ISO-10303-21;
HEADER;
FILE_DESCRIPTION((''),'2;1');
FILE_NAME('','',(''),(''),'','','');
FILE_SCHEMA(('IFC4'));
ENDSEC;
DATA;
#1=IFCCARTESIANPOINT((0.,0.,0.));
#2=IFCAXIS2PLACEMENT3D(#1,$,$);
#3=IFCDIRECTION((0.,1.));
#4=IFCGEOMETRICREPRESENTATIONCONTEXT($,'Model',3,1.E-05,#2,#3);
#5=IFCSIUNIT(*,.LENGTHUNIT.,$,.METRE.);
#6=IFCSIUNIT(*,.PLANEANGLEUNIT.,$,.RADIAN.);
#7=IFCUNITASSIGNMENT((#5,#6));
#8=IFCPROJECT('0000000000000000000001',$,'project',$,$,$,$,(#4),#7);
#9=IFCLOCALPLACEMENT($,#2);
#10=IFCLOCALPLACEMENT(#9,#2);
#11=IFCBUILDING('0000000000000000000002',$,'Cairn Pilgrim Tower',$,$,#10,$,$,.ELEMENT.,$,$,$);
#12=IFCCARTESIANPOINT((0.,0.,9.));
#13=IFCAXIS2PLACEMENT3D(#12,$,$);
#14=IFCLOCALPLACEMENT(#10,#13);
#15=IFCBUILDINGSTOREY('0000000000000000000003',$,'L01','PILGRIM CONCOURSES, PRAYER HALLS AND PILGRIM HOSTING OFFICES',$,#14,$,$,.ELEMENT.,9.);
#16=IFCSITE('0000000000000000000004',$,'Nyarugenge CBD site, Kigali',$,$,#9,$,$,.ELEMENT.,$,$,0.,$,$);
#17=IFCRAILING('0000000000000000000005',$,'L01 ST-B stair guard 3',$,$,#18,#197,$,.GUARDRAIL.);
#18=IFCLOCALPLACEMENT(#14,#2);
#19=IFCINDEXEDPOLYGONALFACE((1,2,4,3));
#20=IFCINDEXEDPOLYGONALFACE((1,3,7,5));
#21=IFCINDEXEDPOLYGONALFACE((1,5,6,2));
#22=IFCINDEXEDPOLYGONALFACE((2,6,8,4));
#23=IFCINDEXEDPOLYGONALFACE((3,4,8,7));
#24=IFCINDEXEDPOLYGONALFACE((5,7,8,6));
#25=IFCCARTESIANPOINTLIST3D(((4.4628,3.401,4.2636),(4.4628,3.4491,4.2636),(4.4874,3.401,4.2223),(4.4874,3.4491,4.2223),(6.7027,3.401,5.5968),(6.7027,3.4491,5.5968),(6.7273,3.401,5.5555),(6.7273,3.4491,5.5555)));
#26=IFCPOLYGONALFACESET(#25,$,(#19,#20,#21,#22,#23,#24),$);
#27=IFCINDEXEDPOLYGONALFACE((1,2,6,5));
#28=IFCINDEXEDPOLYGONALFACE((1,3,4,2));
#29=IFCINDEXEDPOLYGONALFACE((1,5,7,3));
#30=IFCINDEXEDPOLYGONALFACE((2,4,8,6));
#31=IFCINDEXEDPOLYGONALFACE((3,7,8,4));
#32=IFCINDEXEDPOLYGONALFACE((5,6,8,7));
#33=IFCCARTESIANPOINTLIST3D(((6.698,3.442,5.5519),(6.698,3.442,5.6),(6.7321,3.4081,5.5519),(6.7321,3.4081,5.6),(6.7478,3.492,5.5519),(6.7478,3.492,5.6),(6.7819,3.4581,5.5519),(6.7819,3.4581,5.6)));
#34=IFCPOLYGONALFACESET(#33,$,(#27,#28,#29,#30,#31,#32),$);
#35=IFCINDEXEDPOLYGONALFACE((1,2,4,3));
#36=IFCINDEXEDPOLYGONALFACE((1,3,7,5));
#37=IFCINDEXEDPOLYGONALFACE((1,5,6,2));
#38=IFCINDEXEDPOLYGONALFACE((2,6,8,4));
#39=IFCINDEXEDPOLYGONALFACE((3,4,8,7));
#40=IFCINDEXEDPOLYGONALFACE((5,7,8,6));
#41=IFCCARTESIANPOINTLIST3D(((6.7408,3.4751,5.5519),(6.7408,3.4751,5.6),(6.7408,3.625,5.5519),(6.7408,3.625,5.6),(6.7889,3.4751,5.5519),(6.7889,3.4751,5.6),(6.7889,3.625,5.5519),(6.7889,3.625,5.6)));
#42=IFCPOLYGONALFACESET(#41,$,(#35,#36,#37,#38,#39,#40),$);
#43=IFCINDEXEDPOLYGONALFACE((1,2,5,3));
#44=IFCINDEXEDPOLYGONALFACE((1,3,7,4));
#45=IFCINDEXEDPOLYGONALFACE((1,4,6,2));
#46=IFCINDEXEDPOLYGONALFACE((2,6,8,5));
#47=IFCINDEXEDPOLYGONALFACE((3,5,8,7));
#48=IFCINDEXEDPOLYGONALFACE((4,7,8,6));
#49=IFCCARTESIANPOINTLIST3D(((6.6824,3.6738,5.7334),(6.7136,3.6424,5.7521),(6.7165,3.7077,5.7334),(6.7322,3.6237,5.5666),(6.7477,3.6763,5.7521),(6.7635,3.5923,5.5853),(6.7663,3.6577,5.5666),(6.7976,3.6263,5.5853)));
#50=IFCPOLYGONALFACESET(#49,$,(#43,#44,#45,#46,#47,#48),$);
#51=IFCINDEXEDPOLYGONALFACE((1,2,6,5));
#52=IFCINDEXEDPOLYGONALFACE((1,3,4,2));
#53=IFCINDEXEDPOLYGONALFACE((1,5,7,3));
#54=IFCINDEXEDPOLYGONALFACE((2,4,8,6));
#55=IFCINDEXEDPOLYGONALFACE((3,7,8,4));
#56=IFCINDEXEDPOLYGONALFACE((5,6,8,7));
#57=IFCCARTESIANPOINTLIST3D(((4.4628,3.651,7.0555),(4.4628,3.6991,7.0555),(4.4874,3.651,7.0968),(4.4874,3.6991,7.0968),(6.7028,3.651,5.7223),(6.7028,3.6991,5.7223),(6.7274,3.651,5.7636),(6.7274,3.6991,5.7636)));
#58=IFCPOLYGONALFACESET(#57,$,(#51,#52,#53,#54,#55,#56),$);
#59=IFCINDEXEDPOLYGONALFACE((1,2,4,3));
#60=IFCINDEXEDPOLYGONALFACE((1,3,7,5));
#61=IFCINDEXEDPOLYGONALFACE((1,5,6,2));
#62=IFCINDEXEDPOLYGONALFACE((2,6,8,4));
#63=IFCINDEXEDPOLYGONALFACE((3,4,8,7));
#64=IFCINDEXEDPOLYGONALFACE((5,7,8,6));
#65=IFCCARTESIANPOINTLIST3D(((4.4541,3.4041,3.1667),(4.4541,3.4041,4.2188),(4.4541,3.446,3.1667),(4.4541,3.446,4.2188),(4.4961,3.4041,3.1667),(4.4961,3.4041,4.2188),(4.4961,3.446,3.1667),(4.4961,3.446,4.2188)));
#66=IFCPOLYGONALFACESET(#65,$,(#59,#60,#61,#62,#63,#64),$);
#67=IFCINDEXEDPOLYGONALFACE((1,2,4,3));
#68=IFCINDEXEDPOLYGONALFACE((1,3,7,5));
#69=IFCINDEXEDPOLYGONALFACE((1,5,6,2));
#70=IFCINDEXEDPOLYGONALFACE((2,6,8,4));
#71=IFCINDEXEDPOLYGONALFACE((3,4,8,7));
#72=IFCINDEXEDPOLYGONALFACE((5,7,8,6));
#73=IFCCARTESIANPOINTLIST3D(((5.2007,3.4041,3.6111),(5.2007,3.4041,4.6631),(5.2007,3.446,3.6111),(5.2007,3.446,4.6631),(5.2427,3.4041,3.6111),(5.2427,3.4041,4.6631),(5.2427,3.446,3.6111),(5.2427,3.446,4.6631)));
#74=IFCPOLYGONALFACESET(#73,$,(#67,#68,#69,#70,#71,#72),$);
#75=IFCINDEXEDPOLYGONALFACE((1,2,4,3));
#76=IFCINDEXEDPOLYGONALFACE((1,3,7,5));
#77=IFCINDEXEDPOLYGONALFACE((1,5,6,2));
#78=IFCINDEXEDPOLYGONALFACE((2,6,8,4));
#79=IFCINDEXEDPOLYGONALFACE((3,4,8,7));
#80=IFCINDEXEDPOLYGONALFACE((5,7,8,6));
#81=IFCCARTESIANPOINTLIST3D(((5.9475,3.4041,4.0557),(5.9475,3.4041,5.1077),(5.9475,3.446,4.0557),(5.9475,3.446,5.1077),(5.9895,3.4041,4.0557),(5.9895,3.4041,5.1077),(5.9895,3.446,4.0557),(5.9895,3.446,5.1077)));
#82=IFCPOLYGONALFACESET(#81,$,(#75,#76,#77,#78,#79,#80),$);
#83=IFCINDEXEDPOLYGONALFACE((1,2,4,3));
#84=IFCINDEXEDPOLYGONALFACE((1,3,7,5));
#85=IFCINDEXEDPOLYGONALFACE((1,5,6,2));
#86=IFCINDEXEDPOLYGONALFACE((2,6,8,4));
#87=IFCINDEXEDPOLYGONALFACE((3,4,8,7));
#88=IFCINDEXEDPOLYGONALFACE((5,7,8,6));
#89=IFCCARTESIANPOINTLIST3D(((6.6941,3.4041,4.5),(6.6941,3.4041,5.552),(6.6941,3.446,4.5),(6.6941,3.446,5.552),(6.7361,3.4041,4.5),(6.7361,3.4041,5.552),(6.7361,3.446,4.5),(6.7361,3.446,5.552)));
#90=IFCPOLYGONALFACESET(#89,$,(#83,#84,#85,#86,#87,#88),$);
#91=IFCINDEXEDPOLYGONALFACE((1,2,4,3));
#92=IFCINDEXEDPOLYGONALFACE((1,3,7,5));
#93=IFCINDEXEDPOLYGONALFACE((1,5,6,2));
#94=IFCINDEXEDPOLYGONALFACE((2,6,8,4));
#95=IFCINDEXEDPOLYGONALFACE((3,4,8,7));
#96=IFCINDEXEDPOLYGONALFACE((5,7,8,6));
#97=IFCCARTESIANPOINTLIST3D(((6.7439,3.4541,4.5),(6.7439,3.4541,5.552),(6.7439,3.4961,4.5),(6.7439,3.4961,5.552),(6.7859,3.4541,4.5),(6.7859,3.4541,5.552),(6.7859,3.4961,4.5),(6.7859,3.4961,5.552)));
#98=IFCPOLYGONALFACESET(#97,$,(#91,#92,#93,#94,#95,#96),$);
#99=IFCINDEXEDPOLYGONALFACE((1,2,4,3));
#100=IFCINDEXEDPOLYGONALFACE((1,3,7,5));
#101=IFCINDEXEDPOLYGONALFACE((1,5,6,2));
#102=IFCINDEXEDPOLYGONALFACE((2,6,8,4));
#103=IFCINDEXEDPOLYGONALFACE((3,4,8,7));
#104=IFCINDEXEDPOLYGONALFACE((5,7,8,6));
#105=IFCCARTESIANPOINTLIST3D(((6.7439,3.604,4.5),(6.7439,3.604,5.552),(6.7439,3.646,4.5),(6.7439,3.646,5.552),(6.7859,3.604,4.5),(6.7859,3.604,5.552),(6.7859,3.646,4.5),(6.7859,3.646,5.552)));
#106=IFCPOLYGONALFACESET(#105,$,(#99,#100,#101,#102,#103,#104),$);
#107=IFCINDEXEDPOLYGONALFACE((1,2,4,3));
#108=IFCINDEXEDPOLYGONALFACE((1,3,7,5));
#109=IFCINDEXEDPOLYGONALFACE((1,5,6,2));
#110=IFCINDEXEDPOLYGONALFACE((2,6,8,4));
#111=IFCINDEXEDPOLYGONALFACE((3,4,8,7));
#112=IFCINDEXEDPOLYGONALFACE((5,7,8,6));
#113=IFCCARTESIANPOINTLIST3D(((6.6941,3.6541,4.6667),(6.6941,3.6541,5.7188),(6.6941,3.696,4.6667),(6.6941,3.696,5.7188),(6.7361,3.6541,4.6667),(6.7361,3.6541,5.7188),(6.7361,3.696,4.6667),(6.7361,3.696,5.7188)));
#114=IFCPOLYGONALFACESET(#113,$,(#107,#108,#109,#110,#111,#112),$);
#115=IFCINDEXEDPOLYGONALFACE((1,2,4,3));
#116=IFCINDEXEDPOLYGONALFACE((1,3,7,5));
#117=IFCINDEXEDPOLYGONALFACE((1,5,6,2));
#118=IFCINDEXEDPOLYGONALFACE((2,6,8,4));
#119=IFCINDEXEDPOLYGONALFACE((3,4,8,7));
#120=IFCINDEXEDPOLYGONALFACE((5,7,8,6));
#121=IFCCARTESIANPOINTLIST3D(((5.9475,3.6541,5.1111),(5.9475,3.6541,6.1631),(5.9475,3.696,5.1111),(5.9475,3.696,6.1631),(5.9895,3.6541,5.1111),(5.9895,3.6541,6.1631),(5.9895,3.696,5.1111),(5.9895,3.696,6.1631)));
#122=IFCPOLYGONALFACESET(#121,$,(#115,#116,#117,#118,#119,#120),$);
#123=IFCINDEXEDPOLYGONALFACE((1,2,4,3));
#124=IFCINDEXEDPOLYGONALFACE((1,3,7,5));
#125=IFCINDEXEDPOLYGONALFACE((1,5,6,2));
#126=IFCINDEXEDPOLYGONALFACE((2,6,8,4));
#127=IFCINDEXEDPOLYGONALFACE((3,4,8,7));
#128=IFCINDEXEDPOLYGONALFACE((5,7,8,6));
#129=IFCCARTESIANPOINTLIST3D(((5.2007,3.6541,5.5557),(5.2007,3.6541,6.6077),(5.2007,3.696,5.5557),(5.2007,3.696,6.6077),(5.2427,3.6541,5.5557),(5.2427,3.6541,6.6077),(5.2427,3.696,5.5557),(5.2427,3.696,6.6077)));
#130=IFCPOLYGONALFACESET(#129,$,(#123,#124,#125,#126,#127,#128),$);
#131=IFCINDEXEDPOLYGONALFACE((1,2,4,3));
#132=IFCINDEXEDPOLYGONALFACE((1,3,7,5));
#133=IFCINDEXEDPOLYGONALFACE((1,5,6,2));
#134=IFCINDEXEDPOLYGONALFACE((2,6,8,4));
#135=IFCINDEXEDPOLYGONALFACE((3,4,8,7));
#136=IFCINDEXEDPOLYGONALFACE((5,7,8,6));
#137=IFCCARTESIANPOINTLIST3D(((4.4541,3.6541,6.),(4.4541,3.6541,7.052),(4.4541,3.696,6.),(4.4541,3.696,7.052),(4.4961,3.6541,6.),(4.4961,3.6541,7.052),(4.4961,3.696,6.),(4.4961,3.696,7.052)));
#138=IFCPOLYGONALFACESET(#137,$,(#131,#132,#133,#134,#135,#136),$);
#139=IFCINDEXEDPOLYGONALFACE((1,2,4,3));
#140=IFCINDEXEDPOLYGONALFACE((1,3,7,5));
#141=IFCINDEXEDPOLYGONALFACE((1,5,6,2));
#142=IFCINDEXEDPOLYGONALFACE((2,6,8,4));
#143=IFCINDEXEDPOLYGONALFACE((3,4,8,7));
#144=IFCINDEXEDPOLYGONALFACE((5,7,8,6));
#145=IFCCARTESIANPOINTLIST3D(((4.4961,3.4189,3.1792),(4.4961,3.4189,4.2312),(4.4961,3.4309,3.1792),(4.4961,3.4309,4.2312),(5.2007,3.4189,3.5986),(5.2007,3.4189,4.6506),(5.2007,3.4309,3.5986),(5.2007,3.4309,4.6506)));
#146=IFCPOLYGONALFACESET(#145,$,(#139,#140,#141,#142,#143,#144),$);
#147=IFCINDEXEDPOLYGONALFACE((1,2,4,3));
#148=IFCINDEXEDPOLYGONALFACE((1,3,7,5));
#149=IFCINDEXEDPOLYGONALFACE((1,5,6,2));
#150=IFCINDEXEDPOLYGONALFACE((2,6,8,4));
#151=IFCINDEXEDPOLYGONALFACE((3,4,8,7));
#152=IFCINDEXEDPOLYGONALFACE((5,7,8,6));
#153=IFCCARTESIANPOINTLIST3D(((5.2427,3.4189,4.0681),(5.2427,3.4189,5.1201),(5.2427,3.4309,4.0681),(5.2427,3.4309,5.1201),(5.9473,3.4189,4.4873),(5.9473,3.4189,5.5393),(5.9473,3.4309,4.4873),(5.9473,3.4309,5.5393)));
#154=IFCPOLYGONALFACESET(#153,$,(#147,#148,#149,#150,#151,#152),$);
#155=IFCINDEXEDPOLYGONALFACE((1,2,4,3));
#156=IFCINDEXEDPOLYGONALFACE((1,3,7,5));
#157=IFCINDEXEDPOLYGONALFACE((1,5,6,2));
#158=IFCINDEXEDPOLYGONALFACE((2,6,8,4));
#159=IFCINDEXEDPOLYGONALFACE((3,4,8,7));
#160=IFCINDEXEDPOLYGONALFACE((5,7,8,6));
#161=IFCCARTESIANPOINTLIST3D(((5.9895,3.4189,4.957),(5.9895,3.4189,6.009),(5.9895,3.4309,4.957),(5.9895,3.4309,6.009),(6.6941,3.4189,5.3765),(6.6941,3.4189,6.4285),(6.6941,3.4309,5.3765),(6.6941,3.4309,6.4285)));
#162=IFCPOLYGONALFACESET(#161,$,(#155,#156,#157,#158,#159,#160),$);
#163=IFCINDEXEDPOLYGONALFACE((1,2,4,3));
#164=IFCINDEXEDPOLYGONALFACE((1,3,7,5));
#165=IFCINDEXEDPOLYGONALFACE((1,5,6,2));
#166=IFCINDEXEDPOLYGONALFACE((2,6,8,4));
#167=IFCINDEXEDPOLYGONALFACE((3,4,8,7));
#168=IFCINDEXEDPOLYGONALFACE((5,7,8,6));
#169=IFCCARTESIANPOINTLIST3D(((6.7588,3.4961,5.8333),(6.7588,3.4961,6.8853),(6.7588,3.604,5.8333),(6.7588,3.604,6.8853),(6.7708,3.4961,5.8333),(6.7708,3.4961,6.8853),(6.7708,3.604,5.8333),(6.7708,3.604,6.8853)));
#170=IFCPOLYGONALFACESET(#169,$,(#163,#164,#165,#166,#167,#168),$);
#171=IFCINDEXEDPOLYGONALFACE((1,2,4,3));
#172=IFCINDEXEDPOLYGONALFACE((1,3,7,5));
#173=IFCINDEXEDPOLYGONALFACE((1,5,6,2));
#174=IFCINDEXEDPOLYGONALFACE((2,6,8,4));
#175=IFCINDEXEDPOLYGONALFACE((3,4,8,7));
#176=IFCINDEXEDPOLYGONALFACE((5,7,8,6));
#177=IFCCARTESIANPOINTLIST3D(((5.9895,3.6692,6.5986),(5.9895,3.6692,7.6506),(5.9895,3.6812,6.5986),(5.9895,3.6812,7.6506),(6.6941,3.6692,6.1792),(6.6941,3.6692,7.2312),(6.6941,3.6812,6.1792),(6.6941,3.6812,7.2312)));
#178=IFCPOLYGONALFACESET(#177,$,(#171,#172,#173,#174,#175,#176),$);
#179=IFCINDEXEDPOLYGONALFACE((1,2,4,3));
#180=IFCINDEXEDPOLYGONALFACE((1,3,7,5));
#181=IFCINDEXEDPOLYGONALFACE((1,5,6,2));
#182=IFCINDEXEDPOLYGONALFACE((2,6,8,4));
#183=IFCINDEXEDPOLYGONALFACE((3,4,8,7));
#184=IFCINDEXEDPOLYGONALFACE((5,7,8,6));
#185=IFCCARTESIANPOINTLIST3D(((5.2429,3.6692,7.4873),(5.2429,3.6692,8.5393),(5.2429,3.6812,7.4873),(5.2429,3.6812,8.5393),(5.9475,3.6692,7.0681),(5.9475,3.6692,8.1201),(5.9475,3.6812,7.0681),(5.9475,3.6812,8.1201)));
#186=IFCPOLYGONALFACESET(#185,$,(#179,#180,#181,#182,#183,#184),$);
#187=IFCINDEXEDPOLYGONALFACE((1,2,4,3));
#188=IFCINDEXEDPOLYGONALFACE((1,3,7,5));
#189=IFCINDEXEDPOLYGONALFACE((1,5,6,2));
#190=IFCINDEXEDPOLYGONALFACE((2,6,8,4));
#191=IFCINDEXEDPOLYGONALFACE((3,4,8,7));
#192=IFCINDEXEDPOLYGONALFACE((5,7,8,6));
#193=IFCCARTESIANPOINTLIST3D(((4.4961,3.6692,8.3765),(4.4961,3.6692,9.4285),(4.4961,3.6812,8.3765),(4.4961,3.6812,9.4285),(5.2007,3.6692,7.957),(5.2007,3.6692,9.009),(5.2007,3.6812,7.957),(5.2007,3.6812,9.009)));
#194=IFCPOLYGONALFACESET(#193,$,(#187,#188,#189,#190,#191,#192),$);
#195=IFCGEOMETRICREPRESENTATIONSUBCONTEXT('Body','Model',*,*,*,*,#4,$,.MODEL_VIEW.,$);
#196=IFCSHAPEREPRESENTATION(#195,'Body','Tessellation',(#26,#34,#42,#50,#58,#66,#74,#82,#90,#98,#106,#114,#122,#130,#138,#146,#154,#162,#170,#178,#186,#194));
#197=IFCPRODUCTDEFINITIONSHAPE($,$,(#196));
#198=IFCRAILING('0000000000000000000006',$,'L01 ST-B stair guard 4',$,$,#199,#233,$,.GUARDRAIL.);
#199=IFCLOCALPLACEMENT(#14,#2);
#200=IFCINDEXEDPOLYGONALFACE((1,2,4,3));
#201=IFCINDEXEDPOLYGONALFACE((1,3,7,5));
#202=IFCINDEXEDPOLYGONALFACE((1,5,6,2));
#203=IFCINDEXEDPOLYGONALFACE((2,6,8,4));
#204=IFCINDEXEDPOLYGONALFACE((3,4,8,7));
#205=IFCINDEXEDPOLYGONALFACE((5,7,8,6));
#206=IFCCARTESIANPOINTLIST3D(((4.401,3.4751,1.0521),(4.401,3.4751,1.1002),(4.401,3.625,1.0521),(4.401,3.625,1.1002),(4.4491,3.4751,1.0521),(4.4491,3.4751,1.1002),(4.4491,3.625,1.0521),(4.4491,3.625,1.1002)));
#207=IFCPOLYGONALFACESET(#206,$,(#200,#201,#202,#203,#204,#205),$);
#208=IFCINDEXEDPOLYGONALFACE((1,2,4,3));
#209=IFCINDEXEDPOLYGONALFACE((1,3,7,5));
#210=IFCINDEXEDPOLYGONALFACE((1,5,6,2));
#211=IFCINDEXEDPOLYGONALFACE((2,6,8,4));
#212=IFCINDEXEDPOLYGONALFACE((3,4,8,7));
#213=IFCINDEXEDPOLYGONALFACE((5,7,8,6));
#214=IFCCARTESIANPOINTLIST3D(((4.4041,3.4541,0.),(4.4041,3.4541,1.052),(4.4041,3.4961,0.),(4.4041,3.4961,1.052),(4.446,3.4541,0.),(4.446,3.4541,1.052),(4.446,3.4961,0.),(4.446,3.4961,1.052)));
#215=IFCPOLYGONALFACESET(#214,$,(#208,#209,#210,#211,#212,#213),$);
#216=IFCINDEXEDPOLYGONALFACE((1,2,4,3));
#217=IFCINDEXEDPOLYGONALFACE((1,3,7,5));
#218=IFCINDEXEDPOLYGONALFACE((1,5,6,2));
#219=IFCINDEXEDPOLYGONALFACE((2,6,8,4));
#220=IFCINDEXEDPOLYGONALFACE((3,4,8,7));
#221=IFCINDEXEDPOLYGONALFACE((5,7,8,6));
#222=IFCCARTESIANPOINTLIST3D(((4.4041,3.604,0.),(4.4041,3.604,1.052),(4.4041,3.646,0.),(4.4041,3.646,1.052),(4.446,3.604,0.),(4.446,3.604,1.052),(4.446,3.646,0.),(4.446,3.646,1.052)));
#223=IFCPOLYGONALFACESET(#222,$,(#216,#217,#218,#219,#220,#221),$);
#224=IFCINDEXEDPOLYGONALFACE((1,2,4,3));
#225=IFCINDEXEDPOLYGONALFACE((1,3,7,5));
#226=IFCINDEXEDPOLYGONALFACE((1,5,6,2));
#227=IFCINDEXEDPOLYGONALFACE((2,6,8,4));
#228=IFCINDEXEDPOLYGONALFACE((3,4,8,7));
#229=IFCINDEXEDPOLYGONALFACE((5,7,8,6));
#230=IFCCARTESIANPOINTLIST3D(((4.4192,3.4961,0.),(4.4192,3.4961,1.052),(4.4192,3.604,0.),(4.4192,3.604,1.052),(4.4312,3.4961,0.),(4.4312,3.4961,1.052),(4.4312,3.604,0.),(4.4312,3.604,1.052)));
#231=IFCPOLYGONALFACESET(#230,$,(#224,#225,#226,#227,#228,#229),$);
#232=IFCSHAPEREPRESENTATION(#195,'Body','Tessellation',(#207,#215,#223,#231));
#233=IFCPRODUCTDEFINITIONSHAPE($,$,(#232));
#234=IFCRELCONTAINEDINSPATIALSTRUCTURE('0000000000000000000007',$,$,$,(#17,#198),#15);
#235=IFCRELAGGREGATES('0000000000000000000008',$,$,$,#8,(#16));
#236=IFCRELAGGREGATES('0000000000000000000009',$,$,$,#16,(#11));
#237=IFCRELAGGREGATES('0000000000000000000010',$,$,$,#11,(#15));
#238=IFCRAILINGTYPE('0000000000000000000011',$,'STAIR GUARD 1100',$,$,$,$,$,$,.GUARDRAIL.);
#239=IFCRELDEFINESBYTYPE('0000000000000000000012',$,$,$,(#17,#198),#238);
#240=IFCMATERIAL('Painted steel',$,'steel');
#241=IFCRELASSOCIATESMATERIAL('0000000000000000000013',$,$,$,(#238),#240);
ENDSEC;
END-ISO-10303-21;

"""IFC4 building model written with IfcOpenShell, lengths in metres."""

from ifc_helpers import new_model, si_unit, direction, frame, origin, origin_2d, place, context, subcontext, project, spatial, polyline, rectangle, outline, extrude, material, type_object, element, save


model = new_model("IFC4")

# Units and contexts
model_context = context("Model", 3, precision=1e-05, world=origin(), true_north=direction((0.0, 1.0)))
body_context = subcontext(model_context, "Body", "Model", "MODEL_VIEW")
ifc_project = project(units=[si_unit("LENGTHUNIT", "METRE"), si_unit("PLANEANGLEUNIT", "RADIAN")], contexts=[model_context])

# Site, building, storey
site_placement = place(None, origin())
site = spatial("IfcSite", under=ifc_project, at=site_placement, Name="Nyarugenge CBD site, Kigali", CompositionType="ELEMENT", RefElevation=0.0)
building_placement = place(site_placement, origin())
building = spatial("IfcBuilding", under=site, at=building_placement, Name="Cairn Pilgrim Tower", CompositionType="ELEMENT")
storey_placement = place(building_placement, frame((0.0, 0.0, 9.0)))
storey = spatial("IfcBuildingStorey", under=building, at=storey_placement, Name="L01", Description="PILGRIM CONCOURSES, PRAYER HALLS AND PILGRIM HOSTING OFFICES", CompositionType="ELEMENT", Elevation=9.0)

# Shared definitions
ifc_material_1 = material(Name="Painted steel", Category="steel")

# Railings
railing_type_1 = type_object("IfcRailingType", Name="STAIR GUARD 1100", PredefinedType="GUARDRAIL", material=ifc_material_1)
railing_1_placement = place(storey_placement, frame((4.4751, 3.425, 3.1667)))
element("IfcRailing", 1, at=railing_1_placement, inside=storey, type_object=railing_type_1, Name="L01 ST-B stair guard 3", PredefinedType="GUARDRAIL", context=body_context, shape_type="SweptSolid", body=[
    extrude(rectangle(XDim=0.0481, YDim=0.0481, at=origin_2d()), frame((0.0, 0.0, 1.0762), z_axis=(0.859306, 0.0, 0.511462), x_axis=(0.0, 1.0, 0.0)), (0.0, 0.0, 1.0), 2.6067),
    extrude(rectangle(XDim=0.0481, YDim=0.0481, at=origin_2d()), frame((2.24, 0.0, 2.4092), z_axis=(0.705376, 0.708834, 0.0), x_axis=(-0.708834, 0.705376, 0.0)), (0.0, 0.0, 1.0), 0.0706),
    extrude(rectangle(XDim=0.0481, YDim=0.0481, at=origin_2d()), frame((2.2898, 0.05, 2.4092), z_axis=(0.0, 1.0, 0.0), x_axis=(-1.0, 0.0, 0.0)), (0.0, 0.0, 1.0), 0.1499),
    extrude(rectangle(XDim=0.0481, YDim=0.0481, at=origin_2d()), frame((2.2898, 0.2, 2.4092), z_axis=(-0.275041, 0.276389, 0.920848), x_axis=(-0.708834, -0.705376, 0.0)), (0.0, 0.0, 1.0), 0.1812),
    extrude(rectangle(XDim=0.0481, YDim=0.0481, at=origin_2d()), frame((2.24, 0.25, 2.5762), z_axis=(-0.859306, 0.0, 0.511462), x_axis=(0.0, -1.0, 0.0)), (0.0, 0.0, 1.0), 2.6067),
    extrude(rectangle(XDim=0.042, YDim=0.042, at=origin_2d()), origin(), (0.0, 0.0, 1.0), 1.052),
    extrude(rectangle(XDim=0.042, YDim=0.042, at=origin_2d()), frame((0.7466, 0.0, 0.4443)), (0.0, 0.0, 1.0), 1.052),
    extrude(rectangle(XDim=0.042, YDim=0.042, at=origin_2d()), frame((1.4934, 0.0, 0.8889)), (0.0, 0.0, 1.0), 1.052),
    extrude(rectangle(XDim=0.042, YDim=0.042, at=origin_2d()), frame((2.24, 0.0, 1.3333)), (0.0, 0.0, 1.0), 1.052),
    extrude(rectangle(XDim=0.042, YDim=0.042, at=origin_2d()), frame((2.2898, 0.05, 1.3333)), (0.0, 0.0, 1.0), 1.052),
    extrude(rectangle(XDim=0.042, YDim=0.042, at=origin_2d()), frame((2.2898, 0.2, 1.3333)), (0.0, 0.0, 1.0), 1.052),
    extrude(rectangle(XDim=0.042, YDim=0.042, at=origin_2d()), frame((2.24, 0.25, 1.5)), (0.0, 0.0, 1.0), 1.052),
    extrude(rectangle(XDim=0.042, YDim=0.042, at=origin_2d()), frame((1.4934, 0.25, 1.9443)), (0.0, 0.0, 1.0), 1.052),
    extrude(rectangle(XDim=0.042, YDim=0.042, at=origin_2d()), frame((0.7466, 0.25, 2.3889)), (0.0, 0.0, 1.0), 1.052),
    extrude(rectangle(XDim=0.042, YDim=0.042, at=origin_2d()), frame((0.0, 0.25, 2.8333)), (0.0, 0.0, 1.0), 1.052),
    extrude(outline(polyline([(0.021, 0.0125), (0.7256, 0.4319), (0.7256, 1.4839), (0.021, 1.0645), (0.021, 0.0125)])), frame((0.0, 0.0059, 0.0), z_axis=(0.0, -1.0, 0.0), x_axis=(1.0, 0.0, 0.0)), (0.0, 0.0, 1.0), 0.012),
    extrude(outline(polyline([(0.021, 0.457), (0.7256, 0.8762), (0.7256, 1.9282), (0.021, 1.509), (0.021, 0.457)])), frame((0.7466, 0.0059, 0.4443), z_axis=(0.0, -1.0, 0.0), x_axis=(1.0, 0.0, 0.0)), (0.0, 0.0, 1.0), 0.012),
    extrude(outline(polyline([(0.021, 0.9014), (0.7256, 1.3208), (0.7256, 2.3728), (0.021, 1.9534), (0.021, 0.9014)])), frame((1.4934, 0.0059, 0.8889), z_axis=(0.0, -1.0, 0.0), x_axis=(1.0, 0.0, 0.0)), (0.0, 0.0, 1.0), 0.012),
    extrude(outline(polyline([(0.021, 1.3333), (0.1289, 1.3333), (0.1289, 2.3853), (0.021, 2.3853), (0.021, 1.3333)])), frame((2.2837, 0.05, 1.3333), z_axis=(1.0, 0.0, 0.0), x_axis=(0.0, 1.0, 0.0)), (0.0, 0.0, 1.0), 0.012),
    extrude(outline(polyline([(0.021, 1.5125), (0.7256, 1.9319), (0.7256, 2.9839), (0.021, 2.5645), (0.021, 1.5125)])), frame((2.24, 0.2441, 1.5), z_axis=(0.0, 1.0, 0.0), x_axis=(-1.0, 0.0, 0.0)), (0.0, 0.0, 1.0), 0.012),
    extrude(outline(polyline([(0.021, 1.957), (0.7256, 2.3762), (0.7256, 3.4282), (0.021, 3.009), (0.021, 1.957)])), frame((1.4934, 0.2441, 1.9443), z_axis=(0.0, 1.0, 0.0), x_axis=(-1.0, 0.0, 0.0)), (0.0, 0.0, 1.0), 0.012),
    extrude(outline(polyline([(0.021, 2.4014), (0.7256, 2.8208), (0.7256, 3.8728), (0.021, 3.4534), (0.021, 2.4014)])), frame((0.7466, 0.2441, 2.3889), z_axis=(0.0, 1.0, 0.0), x_axis=(-1.0, 0.0, 0.0)), (0.0, 0.0, 1.0), 0.012),
])
railing_2_placement = place(storey_placement, frame((4.425, 3.4751, 0.0)))
element("IfcRailing", 2, at=railing_2_placement, inside=storey, type_object=railing_type_1, Name="L01 ST-B stair guard 4", PredefinedType="GUARDRAIL", context=body_context, shape_type="SweptSolid", body=[
    extrude(rectangle(XDim=0.0481, YDim=0.0481, at=origin_2d()), frame((0.0, 0.0, 1.0762), z_axis=(0.0, 1.0, 0.0), x_axis=(-1.0, 0.0, 0.0)), (0.0, 0.0, 1.0), 0.1499),
    extrude(rectangle(XDim=0.042, YDim=0.042, at=origin_2d()), origin(), (0.0, 0.0, 1.0), 1.052),
    extrude(rectangle(XDim=0.042, YDim=0.042, at=origin_2d()), frame((0.0, 0.1499, 0.0)), (0.0, 0.0, 1.0), 1.052),
    extrude(outline(polyline([(0.021, 0.0), (0.1289, 0.0), (0.1289, 1.052), (0.021, 1.052), (0.021, 0.0)])), frame((-0.0059, 0.0, 0.0), z_axis=(1.0, 0.0, 0.0), x_axis=(0.0, 1.0, 0.0)), (0.0, 0.0, 1.0), 0.012),
])

save(model, "model.ifc")
